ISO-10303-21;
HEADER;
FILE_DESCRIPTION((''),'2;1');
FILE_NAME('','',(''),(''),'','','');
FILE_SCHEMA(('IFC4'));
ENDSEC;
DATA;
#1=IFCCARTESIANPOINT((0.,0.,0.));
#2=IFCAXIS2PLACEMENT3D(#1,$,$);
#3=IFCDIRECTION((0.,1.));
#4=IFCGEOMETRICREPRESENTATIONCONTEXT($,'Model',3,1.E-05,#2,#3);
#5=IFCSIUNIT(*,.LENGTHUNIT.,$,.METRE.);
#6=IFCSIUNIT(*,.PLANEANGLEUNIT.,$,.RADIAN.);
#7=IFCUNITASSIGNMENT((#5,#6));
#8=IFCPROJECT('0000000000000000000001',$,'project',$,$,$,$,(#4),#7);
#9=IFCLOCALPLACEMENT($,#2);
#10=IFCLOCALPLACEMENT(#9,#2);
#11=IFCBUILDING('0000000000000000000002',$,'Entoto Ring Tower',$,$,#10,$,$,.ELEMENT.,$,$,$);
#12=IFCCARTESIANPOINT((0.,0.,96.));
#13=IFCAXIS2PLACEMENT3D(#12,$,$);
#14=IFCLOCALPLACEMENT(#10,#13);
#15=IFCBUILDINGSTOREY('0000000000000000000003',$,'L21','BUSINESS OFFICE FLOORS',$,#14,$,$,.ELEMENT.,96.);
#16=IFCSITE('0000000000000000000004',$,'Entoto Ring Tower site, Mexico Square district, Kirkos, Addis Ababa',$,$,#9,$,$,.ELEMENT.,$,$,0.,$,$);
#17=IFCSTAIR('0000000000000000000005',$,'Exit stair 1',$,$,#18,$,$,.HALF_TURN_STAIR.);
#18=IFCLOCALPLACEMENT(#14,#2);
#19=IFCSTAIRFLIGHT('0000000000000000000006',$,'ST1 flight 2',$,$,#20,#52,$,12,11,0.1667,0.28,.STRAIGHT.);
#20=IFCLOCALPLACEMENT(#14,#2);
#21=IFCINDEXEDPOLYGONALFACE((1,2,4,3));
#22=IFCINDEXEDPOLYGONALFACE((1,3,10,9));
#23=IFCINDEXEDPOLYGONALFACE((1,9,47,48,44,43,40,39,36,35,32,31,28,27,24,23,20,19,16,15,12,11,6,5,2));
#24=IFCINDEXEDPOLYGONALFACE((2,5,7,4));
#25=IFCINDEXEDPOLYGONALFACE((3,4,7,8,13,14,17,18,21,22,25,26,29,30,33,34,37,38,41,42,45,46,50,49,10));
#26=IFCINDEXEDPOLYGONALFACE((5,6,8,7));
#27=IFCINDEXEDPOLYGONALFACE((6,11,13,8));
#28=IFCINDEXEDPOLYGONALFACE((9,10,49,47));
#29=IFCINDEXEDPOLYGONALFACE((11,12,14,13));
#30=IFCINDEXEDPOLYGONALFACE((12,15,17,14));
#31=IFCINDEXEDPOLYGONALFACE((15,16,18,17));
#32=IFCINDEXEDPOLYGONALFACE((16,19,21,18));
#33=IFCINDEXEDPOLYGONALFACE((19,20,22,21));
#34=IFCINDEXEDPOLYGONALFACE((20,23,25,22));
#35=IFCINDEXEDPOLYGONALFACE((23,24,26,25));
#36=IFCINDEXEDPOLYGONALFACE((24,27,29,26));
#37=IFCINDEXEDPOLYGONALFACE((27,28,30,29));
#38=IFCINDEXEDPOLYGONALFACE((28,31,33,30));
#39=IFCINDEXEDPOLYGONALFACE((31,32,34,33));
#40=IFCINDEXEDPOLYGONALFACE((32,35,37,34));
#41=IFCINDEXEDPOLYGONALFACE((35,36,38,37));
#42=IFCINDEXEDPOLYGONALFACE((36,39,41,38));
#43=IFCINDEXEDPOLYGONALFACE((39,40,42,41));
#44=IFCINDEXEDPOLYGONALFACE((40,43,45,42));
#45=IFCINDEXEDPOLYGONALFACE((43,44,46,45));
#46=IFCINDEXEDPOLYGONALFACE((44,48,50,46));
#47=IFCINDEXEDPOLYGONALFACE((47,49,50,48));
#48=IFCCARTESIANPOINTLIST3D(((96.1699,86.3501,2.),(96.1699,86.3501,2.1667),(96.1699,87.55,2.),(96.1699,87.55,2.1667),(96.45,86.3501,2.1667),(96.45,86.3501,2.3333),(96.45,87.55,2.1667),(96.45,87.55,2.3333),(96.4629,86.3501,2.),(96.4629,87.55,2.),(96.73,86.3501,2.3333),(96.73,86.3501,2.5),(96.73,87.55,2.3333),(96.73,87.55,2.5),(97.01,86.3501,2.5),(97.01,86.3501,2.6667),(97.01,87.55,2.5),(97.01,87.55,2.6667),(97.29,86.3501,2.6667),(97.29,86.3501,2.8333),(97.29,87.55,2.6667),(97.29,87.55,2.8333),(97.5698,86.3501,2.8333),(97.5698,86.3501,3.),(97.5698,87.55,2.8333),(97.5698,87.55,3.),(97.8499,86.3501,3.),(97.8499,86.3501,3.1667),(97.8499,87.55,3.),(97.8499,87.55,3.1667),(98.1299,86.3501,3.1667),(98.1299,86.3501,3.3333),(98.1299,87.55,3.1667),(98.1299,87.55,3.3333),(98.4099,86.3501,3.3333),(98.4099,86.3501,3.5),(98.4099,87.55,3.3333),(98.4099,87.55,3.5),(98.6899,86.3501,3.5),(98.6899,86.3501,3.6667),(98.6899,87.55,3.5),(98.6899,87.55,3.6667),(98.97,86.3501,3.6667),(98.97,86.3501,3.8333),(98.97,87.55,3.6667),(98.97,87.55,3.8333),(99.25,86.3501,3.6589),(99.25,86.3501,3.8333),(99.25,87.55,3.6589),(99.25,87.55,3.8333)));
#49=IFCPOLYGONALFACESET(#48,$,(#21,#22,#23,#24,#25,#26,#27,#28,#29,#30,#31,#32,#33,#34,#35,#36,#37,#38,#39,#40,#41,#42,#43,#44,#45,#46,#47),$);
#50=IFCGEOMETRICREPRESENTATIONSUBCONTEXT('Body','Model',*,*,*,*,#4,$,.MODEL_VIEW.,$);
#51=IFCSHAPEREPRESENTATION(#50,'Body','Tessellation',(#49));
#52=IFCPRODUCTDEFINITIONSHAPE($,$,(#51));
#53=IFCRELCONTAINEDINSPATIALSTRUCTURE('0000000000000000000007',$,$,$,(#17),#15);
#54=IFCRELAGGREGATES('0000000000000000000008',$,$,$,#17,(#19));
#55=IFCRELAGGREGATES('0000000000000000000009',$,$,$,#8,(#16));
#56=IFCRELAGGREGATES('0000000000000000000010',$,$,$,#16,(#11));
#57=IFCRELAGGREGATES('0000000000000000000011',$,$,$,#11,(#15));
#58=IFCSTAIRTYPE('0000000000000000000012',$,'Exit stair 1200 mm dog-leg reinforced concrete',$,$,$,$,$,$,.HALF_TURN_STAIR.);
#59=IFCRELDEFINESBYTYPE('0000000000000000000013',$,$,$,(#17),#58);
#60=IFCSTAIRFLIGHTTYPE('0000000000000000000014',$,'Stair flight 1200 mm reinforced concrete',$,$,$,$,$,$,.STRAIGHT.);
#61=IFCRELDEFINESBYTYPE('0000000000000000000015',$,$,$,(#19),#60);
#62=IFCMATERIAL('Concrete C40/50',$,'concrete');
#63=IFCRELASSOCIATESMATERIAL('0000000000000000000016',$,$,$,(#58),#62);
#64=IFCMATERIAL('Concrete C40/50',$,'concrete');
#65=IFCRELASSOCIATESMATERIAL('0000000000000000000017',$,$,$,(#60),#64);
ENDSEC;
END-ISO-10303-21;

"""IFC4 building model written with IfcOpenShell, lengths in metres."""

from ifc_helpers import new_model, si_unit, direction, frame, origin, place, context, subcontext, project, spatial, polyline, outline, extrude, material, type_object, element, aggregate, save


model = new_model("IFC4")

# Units and contexts
model_context = context("Model", 3, precision=1e-05, world=origin(), true_north=direction((0.0, 1.0)))
body_context = subcontext(model_context, "Body", "Model", "MODEL_VIEW")
ifc_project = project(units=[si_unit("LENGTHUNIT", "METRE"), si_unit("PLANEANGLEUNIT", "RADIAN")], contexts=[model_context])

# Site, building, storey
site_placement = place(None, origin())
site = spatial("IfcSite", under=ifc_project, at=site_placement, Name="Entoto Ring Tower site, Mexico Square district, Kirkos, Addis Ababa", CompositionType="ELEMENT", RefElevation=0.0)
building_placement = place(site_placement, origin())
building = spatial("IfcBuilding", under=site, at=building_placement, Name="Entoto Ring Tower", CompositionType="ELEMENT")
storey_placement = place(building_placement, frame((0.0, 0.0, 96.0)))
storey = spatial("IfcBuildingStorey", under=building, at=storey_placement, Name="L21", Description="BUSINESS OFFICE FLOORS", CompositionType="ELEMENT", Elevation=96.0)

# Stair, stair flight
ifc_material_1 = material(Name="Concrete C40/50", Category="concrete")
stair_type = type_object("IfcStairType", Name="Exit stair 1200 mm dog-leg reinforced concrete", PredefinedType="HALF_TURN_STAIR", material=ifc_material_1)
stair_placement = place(storey_placement, origin())
stair = element("IfcStair", 1, at=stair_placement, inside=storey, type_object=stair_type, Name="Exit stair 1", PredefinedType="HALF_TURN_STAIR")
ifc_material_2 = material(Name="Concrete C40/50", Category="concrete")
stair_flight_type = type_object("IfcStairFlightType", Name="Stair flight 1200 mm reinforced concrete", PredefinedType="STRAIGHT", material=ifc_material_2)
stair_flight_1_placement = place(storey_placement, frame((96.1699, 86.95, 2.0), z_axis=(0.0, 0.0, 1.0), x_axis=(1.0, 0.0, 0.0)))
stair_flight_1 = element("IfcStairFlight", 2, at=stair_flight_1_placement, type_object=stair_flight_type, Name="ST1 flight 2", NumberOfRisers=12, NumberOfTreads=11, PredefinedType="STRAIGHT", RiserHeight=0.1667, TreadLength=0.28, context=body_context, shape_type="SweptSolid", body=[
    extrude(outline(polyline([(0.0, 0.0), (0.0, 0.1667), (0.28, 0.1667), (0.28, 0.3333), (0.5601, 0.3333), (0.5601, 0.5), (0.8401, 0.5), (0.8401, 0.6667), (1.1201, 0.6667), (1.1201, 0.8333), (1.3999, 0.8333), (1.3999, 1.0), (1.6799, 1.0), (1.6799, 1.1667), (1.96, 1.1667), (1.96, 1.3333), (2.24, 1.3333), (2.24, 1.5), (2.52, 1.5), (2.52, 1.6667), (2.8, 1.6667), (2.8, 1.8333), (3.0801, 1.8333), (3.0801, 2.0), (3.0801, 1.6589), (0.293, 0.0), (0.0, 0.0)])), frame((0.0, 0.6001, 0.0), z_axis=(0.0, -1.0, 0.0), x_axis=(1.0, 0.0, 0.0)), (0.0, 0.0, 1.0), 1.2),
])
aggregate(stair, [stair_flight_1])

save(model, "model.ifc")
